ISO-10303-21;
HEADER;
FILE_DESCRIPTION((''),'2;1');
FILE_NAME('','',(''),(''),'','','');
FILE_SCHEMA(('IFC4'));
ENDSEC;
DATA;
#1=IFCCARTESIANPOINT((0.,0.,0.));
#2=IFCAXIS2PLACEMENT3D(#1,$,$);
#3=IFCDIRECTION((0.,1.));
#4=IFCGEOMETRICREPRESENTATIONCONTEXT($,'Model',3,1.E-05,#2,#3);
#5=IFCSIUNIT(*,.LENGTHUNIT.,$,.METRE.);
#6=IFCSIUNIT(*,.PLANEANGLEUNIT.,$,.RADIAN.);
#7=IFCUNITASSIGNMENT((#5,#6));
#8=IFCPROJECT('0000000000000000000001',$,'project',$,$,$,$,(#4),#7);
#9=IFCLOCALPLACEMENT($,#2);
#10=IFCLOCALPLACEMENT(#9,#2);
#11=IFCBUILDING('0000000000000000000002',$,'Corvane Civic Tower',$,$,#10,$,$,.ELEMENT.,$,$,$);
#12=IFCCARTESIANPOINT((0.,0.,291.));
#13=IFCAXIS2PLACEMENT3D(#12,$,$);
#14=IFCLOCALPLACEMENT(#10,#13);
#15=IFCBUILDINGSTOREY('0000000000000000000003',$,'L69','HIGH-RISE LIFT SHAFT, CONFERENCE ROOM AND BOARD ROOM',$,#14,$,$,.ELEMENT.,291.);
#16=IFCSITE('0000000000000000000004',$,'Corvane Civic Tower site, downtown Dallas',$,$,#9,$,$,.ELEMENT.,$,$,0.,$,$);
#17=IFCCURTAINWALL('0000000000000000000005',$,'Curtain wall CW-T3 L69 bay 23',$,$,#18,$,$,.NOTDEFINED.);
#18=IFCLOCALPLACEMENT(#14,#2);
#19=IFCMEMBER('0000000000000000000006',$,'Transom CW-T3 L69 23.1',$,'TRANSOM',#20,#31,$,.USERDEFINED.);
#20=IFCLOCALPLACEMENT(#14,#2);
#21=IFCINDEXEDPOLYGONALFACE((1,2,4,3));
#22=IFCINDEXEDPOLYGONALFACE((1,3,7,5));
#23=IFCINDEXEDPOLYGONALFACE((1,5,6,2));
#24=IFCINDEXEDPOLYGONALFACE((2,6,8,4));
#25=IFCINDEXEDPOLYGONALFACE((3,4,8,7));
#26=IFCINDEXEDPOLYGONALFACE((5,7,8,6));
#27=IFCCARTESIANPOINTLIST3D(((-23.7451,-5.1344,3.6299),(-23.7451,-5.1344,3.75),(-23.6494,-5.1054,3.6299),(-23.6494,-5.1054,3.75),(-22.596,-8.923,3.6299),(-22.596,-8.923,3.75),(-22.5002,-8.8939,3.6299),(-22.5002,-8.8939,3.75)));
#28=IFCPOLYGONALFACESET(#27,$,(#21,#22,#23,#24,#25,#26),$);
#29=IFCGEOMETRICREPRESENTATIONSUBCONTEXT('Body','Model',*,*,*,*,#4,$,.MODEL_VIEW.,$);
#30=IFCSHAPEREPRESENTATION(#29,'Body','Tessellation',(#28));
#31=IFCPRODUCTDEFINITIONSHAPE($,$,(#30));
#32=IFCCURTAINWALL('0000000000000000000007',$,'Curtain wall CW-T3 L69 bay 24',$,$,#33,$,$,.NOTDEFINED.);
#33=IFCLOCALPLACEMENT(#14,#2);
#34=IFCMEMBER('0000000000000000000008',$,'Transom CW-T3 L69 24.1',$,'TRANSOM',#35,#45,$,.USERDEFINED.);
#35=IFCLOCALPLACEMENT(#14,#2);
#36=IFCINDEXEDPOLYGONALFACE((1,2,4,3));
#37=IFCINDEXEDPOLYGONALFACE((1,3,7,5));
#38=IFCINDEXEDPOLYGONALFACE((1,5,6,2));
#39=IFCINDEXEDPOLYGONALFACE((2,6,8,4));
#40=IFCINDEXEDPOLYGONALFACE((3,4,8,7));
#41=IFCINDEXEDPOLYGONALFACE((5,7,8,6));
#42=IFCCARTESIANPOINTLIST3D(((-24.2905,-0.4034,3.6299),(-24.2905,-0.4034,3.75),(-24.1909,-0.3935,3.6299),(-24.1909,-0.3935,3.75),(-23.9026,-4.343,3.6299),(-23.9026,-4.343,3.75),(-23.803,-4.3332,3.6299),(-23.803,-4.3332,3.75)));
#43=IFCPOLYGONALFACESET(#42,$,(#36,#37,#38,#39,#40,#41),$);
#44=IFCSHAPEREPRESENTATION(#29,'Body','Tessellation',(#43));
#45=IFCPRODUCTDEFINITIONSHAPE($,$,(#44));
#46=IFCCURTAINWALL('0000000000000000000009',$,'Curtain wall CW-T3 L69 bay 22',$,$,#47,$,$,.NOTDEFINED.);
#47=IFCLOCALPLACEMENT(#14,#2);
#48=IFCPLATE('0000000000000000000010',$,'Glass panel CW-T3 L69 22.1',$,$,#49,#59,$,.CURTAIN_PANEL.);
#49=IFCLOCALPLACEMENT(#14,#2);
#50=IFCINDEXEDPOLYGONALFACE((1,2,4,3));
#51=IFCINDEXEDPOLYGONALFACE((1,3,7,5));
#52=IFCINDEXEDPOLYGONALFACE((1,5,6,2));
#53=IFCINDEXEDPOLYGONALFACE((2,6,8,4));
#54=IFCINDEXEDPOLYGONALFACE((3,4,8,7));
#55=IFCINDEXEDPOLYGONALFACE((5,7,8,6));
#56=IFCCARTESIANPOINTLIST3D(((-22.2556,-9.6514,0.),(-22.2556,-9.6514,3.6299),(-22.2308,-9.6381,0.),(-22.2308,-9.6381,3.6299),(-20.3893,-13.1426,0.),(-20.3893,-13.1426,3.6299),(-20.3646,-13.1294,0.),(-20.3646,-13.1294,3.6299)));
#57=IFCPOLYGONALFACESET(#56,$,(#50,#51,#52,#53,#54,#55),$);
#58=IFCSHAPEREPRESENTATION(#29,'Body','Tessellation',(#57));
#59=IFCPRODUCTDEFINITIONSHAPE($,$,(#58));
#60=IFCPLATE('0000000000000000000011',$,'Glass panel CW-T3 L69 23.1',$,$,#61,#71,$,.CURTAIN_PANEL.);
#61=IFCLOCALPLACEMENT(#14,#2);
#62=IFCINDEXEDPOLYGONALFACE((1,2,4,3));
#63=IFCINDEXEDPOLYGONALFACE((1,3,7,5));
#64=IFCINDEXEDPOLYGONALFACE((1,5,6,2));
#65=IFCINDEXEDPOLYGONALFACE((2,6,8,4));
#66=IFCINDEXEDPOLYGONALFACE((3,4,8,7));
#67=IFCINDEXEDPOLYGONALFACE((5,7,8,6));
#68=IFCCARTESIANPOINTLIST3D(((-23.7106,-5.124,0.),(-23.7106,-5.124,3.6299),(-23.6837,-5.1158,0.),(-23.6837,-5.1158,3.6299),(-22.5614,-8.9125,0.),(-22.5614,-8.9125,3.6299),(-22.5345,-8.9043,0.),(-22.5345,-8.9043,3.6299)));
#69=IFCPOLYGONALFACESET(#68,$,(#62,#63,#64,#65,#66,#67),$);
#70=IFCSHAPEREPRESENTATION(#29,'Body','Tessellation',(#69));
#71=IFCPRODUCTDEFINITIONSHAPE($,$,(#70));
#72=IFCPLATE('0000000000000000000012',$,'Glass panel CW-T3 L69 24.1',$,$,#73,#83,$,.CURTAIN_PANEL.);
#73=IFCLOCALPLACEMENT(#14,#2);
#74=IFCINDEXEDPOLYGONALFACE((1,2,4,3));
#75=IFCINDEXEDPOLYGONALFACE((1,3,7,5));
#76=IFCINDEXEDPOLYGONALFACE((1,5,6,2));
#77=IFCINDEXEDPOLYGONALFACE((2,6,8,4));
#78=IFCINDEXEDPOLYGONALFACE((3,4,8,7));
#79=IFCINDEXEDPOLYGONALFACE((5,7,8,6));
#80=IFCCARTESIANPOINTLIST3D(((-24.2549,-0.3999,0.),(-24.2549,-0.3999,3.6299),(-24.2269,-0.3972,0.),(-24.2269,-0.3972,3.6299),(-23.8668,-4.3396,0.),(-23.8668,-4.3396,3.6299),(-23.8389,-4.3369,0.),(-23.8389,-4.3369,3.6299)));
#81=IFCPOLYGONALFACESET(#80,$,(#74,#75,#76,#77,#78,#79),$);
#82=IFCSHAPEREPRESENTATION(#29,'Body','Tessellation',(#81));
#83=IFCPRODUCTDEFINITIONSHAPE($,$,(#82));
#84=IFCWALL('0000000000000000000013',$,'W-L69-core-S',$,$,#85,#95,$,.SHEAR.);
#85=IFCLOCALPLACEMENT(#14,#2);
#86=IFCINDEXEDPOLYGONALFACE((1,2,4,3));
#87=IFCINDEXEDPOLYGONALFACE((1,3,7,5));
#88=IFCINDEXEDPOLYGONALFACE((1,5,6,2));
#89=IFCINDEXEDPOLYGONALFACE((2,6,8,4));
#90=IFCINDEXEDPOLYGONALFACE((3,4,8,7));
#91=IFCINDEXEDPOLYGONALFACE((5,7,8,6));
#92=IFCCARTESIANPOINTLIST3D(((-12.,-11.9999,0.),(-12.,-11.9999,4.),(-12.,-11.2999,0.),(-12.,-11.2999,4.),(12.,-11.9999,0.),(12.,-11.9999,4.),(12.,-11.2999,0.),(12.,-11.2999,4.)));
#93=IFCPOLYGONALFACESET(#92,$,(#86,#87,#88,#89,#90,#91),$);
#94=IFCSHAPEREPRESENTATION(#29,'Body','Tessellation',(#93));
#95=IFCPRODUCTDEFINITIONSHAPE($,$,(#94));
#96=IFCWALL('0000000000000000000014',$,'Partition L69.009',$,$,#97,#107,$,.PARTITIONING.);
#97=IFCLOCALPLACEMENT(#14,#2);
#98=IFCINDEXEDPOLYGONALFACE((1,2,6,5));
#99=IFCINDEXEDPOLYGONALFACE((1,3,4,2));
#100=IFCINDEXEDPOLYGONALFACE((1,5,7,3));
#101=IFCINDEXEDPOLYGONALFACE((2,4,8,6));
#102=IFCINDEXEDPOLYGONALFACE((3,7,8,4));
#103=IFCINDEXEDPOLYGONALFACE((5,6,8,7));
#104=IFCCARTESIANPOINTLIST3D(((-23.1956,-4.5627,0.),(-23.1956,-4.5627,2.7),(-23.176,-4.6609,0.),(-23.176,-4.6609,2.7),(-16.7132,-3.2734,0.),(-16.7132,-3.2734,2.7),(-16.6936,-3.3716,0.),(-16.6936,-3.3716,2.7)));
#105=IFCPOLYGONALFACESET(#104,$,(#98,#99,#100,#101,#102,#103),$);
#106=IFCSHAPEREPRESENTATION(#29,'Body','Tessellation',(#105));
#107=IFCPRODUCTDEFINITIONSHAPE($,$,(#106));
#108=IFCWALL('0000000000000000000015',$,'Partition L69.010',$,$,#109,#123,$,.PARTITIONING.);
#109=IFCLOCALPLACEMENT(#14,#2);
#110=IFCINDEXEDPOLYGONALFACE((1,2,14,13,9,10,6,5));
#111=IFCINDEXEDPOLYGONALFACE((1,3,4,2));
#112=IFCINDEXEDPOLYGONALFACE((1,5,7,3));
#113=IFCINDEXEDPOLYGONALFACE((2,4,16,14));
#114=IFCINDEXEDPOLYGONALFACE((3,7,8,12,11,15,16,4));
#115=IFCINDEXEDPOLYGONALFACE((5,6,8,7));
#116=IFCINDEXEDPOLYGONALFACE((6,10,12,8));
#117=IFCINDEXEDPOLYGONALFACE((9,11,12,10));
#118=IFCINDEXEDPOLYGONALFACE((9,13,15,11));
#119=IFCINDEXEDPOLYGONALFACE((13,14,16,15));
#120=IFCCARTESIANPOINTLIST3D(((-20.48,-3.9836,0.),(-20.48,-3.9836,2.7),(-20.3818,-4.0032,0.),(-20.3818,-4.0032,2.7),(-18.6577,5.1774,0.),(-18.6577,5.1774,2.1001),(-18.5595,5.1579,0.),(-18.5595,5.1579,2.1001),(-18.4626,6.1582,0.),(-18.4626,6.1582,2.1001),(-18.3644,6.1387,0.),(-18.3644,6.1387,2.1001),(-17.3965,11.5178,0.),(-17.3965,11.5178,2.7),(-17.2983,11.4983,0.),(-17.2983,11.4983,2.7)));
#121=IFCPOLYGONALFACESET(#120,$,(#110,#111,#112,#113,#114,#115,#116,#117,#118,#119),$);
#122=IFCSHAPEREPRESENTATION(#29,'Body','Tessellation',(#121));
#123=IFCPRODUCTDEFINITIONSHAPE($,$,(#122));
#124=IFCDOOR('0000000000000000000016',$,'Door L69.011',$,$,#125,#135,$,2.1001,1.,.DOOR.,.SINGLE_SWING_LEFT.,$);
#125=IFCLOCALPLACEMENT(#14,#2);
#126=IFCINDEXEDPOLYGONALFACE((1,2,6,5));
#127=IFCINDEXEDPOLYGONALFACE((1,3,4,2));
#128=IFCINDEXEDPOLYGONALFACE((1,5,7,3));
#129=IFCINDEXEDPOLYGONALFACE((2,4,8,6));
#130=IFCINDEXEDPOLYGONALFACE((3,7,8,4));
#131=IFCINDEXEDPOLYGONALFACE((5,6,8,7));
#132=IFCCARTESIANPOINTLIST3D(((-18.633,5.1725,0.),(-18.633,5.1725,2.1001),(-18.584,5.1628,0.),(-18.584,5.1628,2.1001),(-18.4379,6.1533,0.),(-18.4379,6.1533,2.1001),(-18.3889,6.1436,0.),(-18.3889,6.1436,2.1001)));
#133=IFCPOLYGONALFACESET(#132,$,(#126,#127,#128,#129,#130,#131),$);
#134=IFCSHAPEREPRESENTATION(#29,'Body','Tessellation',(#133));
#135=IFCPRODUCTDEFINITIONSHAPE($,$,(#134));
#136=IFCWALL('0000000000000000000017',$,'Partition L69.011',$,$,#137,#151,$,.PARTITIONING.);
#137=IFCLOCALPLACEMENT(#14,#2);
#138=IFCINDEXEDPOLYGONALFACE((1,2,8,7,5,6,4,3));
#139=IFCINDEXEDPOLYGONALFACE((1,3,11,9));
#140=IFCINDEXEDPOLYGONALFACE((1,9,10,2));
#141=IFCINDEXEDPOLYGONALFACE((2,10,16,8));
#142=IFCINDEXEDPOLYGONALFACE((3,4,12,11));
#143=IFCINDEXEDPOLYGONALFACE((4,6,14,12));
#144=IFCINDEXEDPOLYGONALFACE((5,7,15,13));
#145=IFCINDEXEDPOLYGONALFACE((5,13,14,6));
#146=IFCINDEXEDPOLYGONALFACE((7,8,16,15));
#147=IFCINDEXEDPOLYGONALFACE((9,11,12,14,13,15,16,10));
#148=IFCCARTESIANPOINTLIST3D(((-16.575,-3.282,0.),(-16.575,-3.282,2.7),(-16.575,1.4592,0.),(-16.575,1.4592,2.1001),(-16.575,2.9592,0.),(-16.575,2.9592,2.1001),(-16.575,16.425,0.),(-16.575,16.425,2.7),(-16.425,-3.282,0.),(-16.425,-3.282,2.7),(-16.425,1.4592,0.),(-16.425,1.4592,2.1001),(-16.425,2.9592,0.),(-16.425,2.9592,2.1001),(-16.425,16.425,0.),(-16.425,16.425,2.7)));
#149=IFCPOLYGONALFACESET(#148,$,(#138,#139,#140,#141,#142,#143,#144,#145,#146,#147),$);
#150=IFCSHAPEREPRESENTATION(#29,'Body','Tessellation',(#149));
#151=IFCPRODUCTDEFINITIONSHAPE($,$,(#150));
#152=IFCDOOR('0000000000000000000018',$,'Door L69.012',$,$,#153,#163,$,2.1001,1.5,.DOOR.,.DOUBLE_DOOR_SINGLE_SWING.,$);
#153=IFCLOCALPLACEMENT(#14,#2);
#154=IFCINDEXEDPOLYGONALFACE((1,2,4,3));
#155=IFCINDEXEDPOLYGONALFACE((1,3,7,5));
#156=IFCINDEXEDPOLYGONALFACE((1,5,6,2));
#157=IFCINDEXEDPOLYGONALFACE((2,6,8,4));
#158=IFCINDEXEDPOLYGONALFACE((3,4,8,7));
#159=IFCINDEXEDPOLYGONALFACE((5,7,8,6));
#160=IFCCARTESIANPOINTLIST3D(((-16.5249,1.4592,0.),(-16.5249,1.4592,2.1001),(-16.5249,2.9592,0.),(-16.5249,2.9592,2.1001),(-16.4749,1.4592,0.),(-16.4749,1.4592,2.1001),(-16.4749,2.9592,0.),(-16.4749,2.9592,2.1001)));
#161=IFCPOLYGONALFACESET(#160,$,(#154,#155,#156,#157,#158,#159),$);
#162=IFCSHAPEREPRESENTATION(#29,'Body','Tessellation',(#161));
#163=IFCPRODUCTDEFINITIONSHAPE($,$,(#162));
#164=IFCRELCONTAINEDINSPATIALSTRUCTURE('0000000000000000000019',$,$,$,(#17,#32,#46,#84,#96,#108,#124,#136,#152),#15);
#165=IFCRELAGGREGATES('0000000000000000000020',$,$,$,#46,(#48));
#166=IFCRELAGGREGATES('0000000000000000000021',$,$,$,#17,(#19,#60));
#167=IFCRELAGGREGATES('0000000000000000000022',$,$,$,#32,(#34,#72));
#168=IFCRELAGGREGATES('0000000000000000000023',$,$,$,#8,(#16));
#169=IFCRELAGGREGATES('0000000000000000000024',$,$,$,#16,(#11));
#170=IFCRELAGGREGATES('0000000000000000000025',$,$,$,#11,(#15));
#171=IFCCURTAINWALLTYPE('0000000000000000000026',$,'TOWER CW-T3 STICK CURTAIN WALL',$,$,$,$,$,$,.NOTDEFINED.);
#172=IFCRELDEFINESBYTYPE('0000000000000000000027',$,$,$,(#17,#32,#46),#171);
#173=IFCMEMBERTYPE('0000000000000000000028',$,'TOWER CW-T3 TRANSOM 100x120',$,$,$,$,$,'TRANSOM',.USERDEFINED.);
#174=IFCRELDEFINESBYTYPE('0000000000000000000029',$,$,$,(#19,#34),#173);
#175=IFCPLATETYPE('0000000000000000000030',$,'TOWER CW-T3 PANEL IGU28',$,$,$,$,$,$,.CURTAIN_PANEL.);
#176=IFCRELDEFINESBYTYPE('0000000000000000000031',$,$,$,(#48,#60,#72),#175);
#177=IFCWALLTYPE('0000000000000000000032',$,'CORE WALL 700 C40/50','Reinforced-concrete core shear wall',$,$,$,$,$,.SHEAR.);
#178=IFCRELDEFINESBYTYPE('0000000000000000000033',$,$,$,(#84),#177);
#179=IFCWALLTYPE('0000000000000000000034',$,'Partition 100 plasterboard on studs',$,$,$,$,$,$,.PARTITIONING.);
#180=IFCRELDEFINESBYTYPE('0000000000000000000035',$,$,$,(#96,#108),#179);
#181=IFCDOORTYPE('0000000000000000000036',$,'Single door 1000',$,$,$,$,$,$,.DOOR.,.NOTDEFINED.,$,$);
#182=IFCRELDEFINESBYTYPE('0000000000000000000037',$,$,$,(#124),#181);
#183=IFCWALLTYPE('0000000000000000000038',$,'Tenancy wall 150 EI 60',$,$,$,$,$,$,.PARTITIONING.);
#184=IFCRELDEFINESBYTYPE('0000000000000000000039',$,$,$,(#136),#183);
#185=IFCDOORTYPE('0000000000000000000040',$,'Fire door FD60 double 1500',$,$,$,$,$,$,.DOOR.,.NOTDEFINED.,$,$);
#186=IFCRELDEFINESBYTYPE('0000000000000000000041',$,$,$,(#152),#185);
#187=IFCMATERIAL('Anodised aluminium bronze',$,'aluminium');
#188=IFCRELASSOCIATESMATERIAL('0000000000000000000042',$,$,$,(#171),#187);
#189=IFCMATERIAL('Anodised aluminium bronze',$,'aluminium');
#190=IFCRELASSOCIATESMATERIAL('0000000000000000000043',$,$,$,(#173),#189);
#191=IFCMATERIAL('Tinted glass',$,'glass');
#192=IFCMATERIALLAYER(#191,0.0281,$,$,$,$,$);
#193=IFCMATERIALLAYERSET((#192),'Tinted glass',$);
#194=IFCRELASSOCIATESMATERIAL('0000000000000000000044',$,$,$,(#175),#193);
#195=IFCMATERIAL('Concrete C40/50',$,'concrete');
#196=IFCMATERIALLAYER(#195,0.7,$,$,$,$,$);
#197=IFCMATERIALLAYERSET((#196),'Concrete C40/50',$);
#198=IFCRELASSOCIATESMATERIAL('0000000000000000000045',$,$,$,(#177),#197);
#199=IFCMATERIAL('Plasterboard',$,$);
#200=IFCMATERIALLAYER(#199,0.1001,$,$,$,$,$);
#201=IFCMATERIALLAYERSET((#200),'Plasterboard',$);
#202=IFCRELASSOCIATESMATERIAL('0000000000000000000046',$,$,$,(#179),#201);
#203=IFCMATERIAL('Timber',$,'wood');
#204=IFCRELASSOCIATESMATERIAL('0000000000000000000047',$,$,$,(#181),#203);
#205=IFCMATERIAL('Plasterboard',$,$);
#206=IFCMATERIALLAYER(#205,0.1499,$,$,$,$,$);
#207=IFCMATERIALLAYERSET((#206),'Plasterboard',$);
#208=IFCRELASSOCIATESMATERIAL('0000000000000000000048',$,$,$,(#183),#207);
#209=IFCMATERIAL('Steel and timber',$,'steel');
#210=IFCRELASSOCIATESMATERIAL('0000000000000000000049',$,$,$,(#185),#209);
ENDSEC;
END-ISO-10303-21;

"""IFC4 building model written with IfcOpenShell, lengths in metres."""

from ifc_helpers import new_model, si_unit, direction, frame, frame_2d, origin, origin_2d, place, context, subcontext, project, spatial, rectangle, extrude, material, layer, layer_set, material_profile, profile_set, type_object, element, fill, aggregate, save


model = new_model("IFC4")

# Units and contexts
model_context = context("Model", 3, precision=1e-05, world=origin(), true_north=direction((0.0, 1.0)))
body_context = subcontext(model_context, "Body", "Model", "MODEL_VIEW")
ifc_project = project(units=[si_unit("LENGTHUNIT", "METRE"), si_unit("PLANEANGLEUNIT", "RADIAN")], contexts=[model_context])

# Site, building, storey
site_placement = place(None, origin())
site = spatial("IfcSite", under=ifc_project, at=site_placement, Name="Corvane Civic Tower site, downtown Dallas", CompositionType="ELEMENT", RefElevation=0.0)
building_placement = place(site_placement, origin())
building = spatial("IfcBuilding", under=site, at=building_placement, Name="Corvane Civic Tower", CompositionType="ELEMENT")
storey_placement = place(building_placement, frame((0.0, 0.0, 291.0)))
storey = spatial("IfcBuildingStorey", under=building, at=storey_placement, Name="L69", Description="HIGH-RISE LIFT SHAFT, CONFERENCE ROOM AND BOARD ROOM", CompositionType="ELEMENT", Elevation=291.0)

# Curtain walls, members
ifc_material_1 = material(Name="Anodised aluminium bronze", Category="aluminium")
curtain_wall_type = type_object("IfcCurtainWallType", Name="TOWER CW-T3 STICK CURTAIN WALL", PredefinedType="NOTDEFINED", material=ifc_material_1)
curtain_wall_1_placement = place(storey_placement, origin())
curtain_wall_1 = element("IfcCurtainWall", 1, at=curtain_wall_1_placement, inside=storey, type_object=curtain_wall_type, Name="Curtain wall CW-T3 L69 bay 23", PredefinedType="NOTDEFINED")
ifc_material_2 = material(Name="Anodised aluminium bronze", Category="aluminium")
ifc_material_profile_1 = material_profile(ifc_material_2, rectangle(XDim=0.1001, YDim=0.1201, at=origin_2d()), Name="TOWER CW-T3 TRANSOM 100x120")
ifc_profile_set_1 = profile_set([ifc_material_profile_1], Name="Anodised aluminium bronze")
member_type = type_object("IfcMemberType", Name="TOWER CW-T3 TRANSOM 100x120", ElementType="TRANSOM", PredefinedType="USERDEFINED", material=ifc_profile_set_1)
member_1_placement = place(storey_placement, frame((-22.5481, -8.9084, 3.6899), z_axis=(-0.290266, 0.956946, 0.0), x_axis=(-0.956946, -0.290266, 0.0)))
member_1 = element("IfcMember", 2, at=member_1_placement, type_object=member_type, Name="Transom CW-T3 L69 23.1", ObjectType="TRANSOM", PredefinedType="USERDEFINED", context=body_context, shape_type="SweptSolid", body=[
    extrude(rectangle(XDim=0.1001, YDim=0.1201, at=origin_2d()), origin(), (0.0, 0.0, 1.0), 3.959),
])
curtain_wall_2_placement = place(storey_placement, origin())
curtain_wall_2 = element("IfcCurtainWall", 3, at=curtain_wall_2_placement, inside=storey, type_object=curtain_wall_type, Name="Curtain wall CW-T3 L69 bay 24", PredefinedType="NOTDEFINED")
member_2_placement = place(storey_placement, frame((-23.8528, -4.3381, 3.6899), z_axis=(-0.097995, 0.995187, 0.0), x_axis=(-0.995187, -0.097995, 0.0)))
member_2 = element("IfcMember", 4, at=member_2_placement, type_object=member_type, Name="Transom CW-T3 L69 24.1", ObjectType="TRANSOM", PredefinedType="USERDEFINED", context=body_context, shape_type="SweptSolid", body=[
    extrude(rectangle(XDim=0.1001, YDim=0.1201, at=origin_2d()), origin(), (0.0, 0.0, 1.0), 3.9587),
])

# Curtain wall, plate
curtain_wall_3_placement = place(storey_placement, origin())
curtain_wall_3 = element("IfcCurtainWall", 5, at=curtain_wall_3_placement, inside=storey, type_object=curtain_wall_type, Name="Curtain wall CW-T3 L69 bay 22", PredefinedType="NOTDEFINED")
ifc_material_3 = material(Name="Tinted glass", Category="glass")
ifc_layer_1 = layer(ifc_material_3, 0.0281)
ifc_layer_set_1 = layer_set([ifc_layer_1], Name="Tinted glass")
plate_type = type_object("IfcPlateType", Name="TOWER CW-T3 PANEL IGU28", PredefinedType="CURTAIN_PANEL", material=ifc_layer_set_1)
plate_1_placement = place(storey_placement, frame((-21.3101, -11.3904, 0.0), z_axis=(0.0, 0.0, 1.0), x_axis=(-0.471421, 0.881908, 0.0)))
plate_1 = element("IfcPlate", 6, at=plate_1_placement, type_object=plate_type, Name="Glass panel CW-T3 L69 22.1", PredefinedType="CURTAIN_PANEL", context=body_context, shape_type="SweptSolid", body=[
    extrude(rectangle(XDim=3.9587, YDim=0.0281, at=origin_2d()), origin(), (0.0, 0.0, 1.0), 3.6299),
])
aggregate(curtain_wall_3, [plate_1])

# Plates
plate_2_placement = place(storey_placement, frame((-23.1226, -7.0142, 0.0), z_axis=(0.0, 0.0, 1.0), x_axis=(-0.290274, 0.956944, 0.0)))
plate_2 = element("IfcPlate", 7, at=plate_2_placement, type_object=plate_type, Name="Glass panel CW-T3 L69 23.1", PredefinedType="CURTAIN_PANEL", context=body_context, shape_type="SweptSolid", body=[
    extrude(rectangle(XDim=3.959, YDim=0.0281, at=origin_2d()), origin(), (0.0, 0.0, 1.0), 3.6299),
])
aggregate(curtain_wall_1, [member_1, plate_2])
plate_3_placement = place(storey_placement, frame((-24.0469, -2.3684, 0.0), z_axis=(0.0, 0.0, 1.0), x_axis=(-0.098021, 0.995184, 0.0)))
plate_3 = element("IfcPlate", 8, at=plate_3_placement, type_object=plate_type, Name="Glass panel CW-T3 L69 24.1", PredefinedType="CURTAIN_PANEL", context=body_context, shape_type="SweptSolid", body=[
    extrude(rectangle(XDim=3.9587, YDim=0.0281, at=origin_2d()), origin(), (0.0, 0.0, 1.0), 3.6299),
])
aggregate(curtain_wall_2, [member_2, plate_3])

# Walls
ifc_material_4 = material(Name="Concrete C40/50", Category="concrete")
ifc_layer_2 = layer(ifc_material_4, 0.7)
ifc_layer_set_2 = layer_set([ifc_layer_2], Name="Concrete C40/50")
wall_type_1 = type_object("IfcWallType", Name="CORE WALL 700 C40/50", Description="Reinforced-concrete core shear wall", PredefinedType="SHEAR", material=ifc_layer_set_2)
wall_1_placement = place(storey_placement, frame((-12.0, -11.6499, 0.0), z_axis=(0.0, 0.0, 1.0), x_axis=(1.0, 0.0, 0.0)))
element("IfcWall", 9, at=wall_1_placement, inside=storey, type_object=wall_type_1, Name="W-L69-core-S", PredefinedType="SHEAR", context=body_context, shape_type="SweptSolid", body=[
    extrude(rectangle(XDim=24.0, YDim=0.7, at=frame_2d((12.0, 0.0))), origin(), (0.0, 0.0, 1.0), 4.0),
])
ifc_material_5 = material(Name="Plasterboard")
ifc_layer_3 = layer(ifc_material_5, 0.1001)
ifc_layer_set_3 = layer_set([ifc_layer_3], Name="Plasterboard")
wall_type_2 = type_object("IfcWallType", Name="Partition 100 plasterboard on studs", PredefinedType="PARTITIONING", material=ifc_layer_set_3)
wall_2_placement = place(storey_placement, frame((-23.1858, -4.6118, 0.0), z_axis=(0.0, 0.0, 1.0), x_axis=(0.980789, 0.195072, 0.0)))
element("IfcWall", 10, at=wall_2_placement, inside=storey, type_object=wall_type_2, Name="Partition L69.009", PredefinedType="PARTITIONING", context=body_context, shape_type="SweptSolid", body=[
    extrude(rectangle(XDim=6.6094, YDim=0.1001, at=frame_2d((3.3047, 0.0))), origin(), (0.0, 0.0, 1.0), 2.7),
])

# Walls, openings, doors
wall_3_placement = place(storey_placement, frame((-20.4309, -3.9934, 0.0), z_axis=(0.0, 0.0, 1.0), x_axis=(0.195094, 0.980785, 0.0)))
wall_3 = element("IfcWall", 11, at=wall_3_placement, inside=storey, type_object=wall_type_2, Name="Partition L69.010", PredefinedType="PARTITIONING", context=body_context, shape_type="SweptSolid", body=[
    extrude(rectangle(XDim=15.8052, YDim=0.1001, at=frame_2d((7.9026, 0.0))), origin(), (0.0, 0.0, 1.0), 2.7),
])
opening_1_placement = place(wall_3_placement, frame((9.3406, 0.0, 0.0)))
opening_1 = element("IfcOpeningElement", 12, at=opening_1_placement, cuts=wall_3, PredefinedType="OPENING", context=body_context, shape_type="SweptSolid", body=[
    extrude(rectangle(XDim=1.0, YDim=2.1001, at=frame_2d((0.5, 1.05))), frame((0.0, 0.0601, 0.0), z_axis=(0.0, -1.0, 0.0), x_axis=(1.0, 0.0, 0.0)), (0.0, 0.0, 1.0), 0.1201),
])
ifc_material_6 = material(Name="Timber", Category="wood")
door_type_1 = type_object("IfcDoorType", Name="Single door 1000", OperationType="NOTDEFINED", PredefinedType="DOOR", material=ifc_material_6)
door_1_placement = place(opening_1_placement, origin())
door_1 = element("IfcDoor", 13, at=door_1_placement, inside=storey, type_object=door_type_1, Name="Door L69.011", OperationType="SINGLE_SWING_LEFT", OverallHeight=2.1001, OverallWidth=1.0, PredefinedType="DOOR", context=body_context, shape_type="SweptSolid", body=[
    extrude(rectangle(XDim=1.0, YDim=2.1001, at=frame_2d((0.5, 1.05))), frame((0.0, 0.0249, 0.0), z_axis=(0.0, -1.0, 0.0), x_axis=(1.0, 0.0, 0.0)), (0.0, 0.0, 1.0), 0.05),
])
fill(opening_1, door_1)
ifc_material_7 = material(Name="Plasterboard")
ifc_layer_4 = layer(ifc_material_7, 0.1499)
ifc_layer_set_4 = layer_set([ifc_layer_4], Name="Plasterboard")
wall_type_3 = type_object("IfcWallType", Name="Tenancy wall 150 EI 60", PredefinedType="PARTITIONING", material=ifc_layer_set_4)
wall_4_placement = place(storey_placement, frame((-16.5, -3.282, 0.0), z_axis=(0.0, 0.0, 1.0), x_axis=(0.0, 1.0, 0.0)))
wall_4 = element("IfcWall", 14, at=wall_4_placement, inside=storey, type_object=wall_type_3, Name="Partition L69.011", PredefinedType="PARTITIONING", context=body_context, shape_type="SweptSolid", body=[
    extrude(rectangle(XDim=19.707, YDim=0.1499, at=frame_2d((9.8535, 0.0))), origin(), (0.0, 0.0, 1.0), 2.7),
])
opening_2_placement = place(wall_4_placement, frame((4.7412, 0.0, 0.0)))
opening_2 = element("IfcOpeningElement", 15, at=opening_2_placement, cuts=wall_4, PredefinedType="OPENING", context=body_context, shape_type="SweptSolid", body=[
    extrude(rectangle(XDim=1.5, YDim=2.1001, at=frame_2d((0.75, 1.05))), frame((0.0, 0.085, 0.0), z_axis=(0.0, -1.0, 0.0), x_axis=(1.0, 0.0, 0.0)), (0.0, 0.0, 1.0), 0.1699),
])
ifc_material_8 = material(Name="Steel and timber", Category="steel")
door_type_2 = type_object("IfcDoorType", Name="Fire door FD60 double 1500", OperationType="NOTDEFINED", PredefinedType="DOOR", material=ifc_material_8)
door_2_placement = place(opening_2_placement, origin())
door_2 = element("IfcDoor", 16, at=door_2_placement, inside=storey, type_object=door_type_2, Name="Door L69.012", OperationType="DOUBLE_DOOR_SINGLE_SWING", OverallHeight=2.1001, OverallWidth=1.5, PredefinedType="DOOR", context=body_context, shape_type="SweptSolid", body=[
    extrude(rectangle(XDim=1.5, YDim=2.1001, at=frame_2d((0.75, 1.05))), frame((0.0, 0.0249, 0.0), z_axis=(0.0, -1.0, 0.0), x_axis=(1.0, 0.0, 0.0)), (0.0, 0.0, 1.0), 0.05),
])
fill(opening_2, door_2)

save(model, "model.ifc")
